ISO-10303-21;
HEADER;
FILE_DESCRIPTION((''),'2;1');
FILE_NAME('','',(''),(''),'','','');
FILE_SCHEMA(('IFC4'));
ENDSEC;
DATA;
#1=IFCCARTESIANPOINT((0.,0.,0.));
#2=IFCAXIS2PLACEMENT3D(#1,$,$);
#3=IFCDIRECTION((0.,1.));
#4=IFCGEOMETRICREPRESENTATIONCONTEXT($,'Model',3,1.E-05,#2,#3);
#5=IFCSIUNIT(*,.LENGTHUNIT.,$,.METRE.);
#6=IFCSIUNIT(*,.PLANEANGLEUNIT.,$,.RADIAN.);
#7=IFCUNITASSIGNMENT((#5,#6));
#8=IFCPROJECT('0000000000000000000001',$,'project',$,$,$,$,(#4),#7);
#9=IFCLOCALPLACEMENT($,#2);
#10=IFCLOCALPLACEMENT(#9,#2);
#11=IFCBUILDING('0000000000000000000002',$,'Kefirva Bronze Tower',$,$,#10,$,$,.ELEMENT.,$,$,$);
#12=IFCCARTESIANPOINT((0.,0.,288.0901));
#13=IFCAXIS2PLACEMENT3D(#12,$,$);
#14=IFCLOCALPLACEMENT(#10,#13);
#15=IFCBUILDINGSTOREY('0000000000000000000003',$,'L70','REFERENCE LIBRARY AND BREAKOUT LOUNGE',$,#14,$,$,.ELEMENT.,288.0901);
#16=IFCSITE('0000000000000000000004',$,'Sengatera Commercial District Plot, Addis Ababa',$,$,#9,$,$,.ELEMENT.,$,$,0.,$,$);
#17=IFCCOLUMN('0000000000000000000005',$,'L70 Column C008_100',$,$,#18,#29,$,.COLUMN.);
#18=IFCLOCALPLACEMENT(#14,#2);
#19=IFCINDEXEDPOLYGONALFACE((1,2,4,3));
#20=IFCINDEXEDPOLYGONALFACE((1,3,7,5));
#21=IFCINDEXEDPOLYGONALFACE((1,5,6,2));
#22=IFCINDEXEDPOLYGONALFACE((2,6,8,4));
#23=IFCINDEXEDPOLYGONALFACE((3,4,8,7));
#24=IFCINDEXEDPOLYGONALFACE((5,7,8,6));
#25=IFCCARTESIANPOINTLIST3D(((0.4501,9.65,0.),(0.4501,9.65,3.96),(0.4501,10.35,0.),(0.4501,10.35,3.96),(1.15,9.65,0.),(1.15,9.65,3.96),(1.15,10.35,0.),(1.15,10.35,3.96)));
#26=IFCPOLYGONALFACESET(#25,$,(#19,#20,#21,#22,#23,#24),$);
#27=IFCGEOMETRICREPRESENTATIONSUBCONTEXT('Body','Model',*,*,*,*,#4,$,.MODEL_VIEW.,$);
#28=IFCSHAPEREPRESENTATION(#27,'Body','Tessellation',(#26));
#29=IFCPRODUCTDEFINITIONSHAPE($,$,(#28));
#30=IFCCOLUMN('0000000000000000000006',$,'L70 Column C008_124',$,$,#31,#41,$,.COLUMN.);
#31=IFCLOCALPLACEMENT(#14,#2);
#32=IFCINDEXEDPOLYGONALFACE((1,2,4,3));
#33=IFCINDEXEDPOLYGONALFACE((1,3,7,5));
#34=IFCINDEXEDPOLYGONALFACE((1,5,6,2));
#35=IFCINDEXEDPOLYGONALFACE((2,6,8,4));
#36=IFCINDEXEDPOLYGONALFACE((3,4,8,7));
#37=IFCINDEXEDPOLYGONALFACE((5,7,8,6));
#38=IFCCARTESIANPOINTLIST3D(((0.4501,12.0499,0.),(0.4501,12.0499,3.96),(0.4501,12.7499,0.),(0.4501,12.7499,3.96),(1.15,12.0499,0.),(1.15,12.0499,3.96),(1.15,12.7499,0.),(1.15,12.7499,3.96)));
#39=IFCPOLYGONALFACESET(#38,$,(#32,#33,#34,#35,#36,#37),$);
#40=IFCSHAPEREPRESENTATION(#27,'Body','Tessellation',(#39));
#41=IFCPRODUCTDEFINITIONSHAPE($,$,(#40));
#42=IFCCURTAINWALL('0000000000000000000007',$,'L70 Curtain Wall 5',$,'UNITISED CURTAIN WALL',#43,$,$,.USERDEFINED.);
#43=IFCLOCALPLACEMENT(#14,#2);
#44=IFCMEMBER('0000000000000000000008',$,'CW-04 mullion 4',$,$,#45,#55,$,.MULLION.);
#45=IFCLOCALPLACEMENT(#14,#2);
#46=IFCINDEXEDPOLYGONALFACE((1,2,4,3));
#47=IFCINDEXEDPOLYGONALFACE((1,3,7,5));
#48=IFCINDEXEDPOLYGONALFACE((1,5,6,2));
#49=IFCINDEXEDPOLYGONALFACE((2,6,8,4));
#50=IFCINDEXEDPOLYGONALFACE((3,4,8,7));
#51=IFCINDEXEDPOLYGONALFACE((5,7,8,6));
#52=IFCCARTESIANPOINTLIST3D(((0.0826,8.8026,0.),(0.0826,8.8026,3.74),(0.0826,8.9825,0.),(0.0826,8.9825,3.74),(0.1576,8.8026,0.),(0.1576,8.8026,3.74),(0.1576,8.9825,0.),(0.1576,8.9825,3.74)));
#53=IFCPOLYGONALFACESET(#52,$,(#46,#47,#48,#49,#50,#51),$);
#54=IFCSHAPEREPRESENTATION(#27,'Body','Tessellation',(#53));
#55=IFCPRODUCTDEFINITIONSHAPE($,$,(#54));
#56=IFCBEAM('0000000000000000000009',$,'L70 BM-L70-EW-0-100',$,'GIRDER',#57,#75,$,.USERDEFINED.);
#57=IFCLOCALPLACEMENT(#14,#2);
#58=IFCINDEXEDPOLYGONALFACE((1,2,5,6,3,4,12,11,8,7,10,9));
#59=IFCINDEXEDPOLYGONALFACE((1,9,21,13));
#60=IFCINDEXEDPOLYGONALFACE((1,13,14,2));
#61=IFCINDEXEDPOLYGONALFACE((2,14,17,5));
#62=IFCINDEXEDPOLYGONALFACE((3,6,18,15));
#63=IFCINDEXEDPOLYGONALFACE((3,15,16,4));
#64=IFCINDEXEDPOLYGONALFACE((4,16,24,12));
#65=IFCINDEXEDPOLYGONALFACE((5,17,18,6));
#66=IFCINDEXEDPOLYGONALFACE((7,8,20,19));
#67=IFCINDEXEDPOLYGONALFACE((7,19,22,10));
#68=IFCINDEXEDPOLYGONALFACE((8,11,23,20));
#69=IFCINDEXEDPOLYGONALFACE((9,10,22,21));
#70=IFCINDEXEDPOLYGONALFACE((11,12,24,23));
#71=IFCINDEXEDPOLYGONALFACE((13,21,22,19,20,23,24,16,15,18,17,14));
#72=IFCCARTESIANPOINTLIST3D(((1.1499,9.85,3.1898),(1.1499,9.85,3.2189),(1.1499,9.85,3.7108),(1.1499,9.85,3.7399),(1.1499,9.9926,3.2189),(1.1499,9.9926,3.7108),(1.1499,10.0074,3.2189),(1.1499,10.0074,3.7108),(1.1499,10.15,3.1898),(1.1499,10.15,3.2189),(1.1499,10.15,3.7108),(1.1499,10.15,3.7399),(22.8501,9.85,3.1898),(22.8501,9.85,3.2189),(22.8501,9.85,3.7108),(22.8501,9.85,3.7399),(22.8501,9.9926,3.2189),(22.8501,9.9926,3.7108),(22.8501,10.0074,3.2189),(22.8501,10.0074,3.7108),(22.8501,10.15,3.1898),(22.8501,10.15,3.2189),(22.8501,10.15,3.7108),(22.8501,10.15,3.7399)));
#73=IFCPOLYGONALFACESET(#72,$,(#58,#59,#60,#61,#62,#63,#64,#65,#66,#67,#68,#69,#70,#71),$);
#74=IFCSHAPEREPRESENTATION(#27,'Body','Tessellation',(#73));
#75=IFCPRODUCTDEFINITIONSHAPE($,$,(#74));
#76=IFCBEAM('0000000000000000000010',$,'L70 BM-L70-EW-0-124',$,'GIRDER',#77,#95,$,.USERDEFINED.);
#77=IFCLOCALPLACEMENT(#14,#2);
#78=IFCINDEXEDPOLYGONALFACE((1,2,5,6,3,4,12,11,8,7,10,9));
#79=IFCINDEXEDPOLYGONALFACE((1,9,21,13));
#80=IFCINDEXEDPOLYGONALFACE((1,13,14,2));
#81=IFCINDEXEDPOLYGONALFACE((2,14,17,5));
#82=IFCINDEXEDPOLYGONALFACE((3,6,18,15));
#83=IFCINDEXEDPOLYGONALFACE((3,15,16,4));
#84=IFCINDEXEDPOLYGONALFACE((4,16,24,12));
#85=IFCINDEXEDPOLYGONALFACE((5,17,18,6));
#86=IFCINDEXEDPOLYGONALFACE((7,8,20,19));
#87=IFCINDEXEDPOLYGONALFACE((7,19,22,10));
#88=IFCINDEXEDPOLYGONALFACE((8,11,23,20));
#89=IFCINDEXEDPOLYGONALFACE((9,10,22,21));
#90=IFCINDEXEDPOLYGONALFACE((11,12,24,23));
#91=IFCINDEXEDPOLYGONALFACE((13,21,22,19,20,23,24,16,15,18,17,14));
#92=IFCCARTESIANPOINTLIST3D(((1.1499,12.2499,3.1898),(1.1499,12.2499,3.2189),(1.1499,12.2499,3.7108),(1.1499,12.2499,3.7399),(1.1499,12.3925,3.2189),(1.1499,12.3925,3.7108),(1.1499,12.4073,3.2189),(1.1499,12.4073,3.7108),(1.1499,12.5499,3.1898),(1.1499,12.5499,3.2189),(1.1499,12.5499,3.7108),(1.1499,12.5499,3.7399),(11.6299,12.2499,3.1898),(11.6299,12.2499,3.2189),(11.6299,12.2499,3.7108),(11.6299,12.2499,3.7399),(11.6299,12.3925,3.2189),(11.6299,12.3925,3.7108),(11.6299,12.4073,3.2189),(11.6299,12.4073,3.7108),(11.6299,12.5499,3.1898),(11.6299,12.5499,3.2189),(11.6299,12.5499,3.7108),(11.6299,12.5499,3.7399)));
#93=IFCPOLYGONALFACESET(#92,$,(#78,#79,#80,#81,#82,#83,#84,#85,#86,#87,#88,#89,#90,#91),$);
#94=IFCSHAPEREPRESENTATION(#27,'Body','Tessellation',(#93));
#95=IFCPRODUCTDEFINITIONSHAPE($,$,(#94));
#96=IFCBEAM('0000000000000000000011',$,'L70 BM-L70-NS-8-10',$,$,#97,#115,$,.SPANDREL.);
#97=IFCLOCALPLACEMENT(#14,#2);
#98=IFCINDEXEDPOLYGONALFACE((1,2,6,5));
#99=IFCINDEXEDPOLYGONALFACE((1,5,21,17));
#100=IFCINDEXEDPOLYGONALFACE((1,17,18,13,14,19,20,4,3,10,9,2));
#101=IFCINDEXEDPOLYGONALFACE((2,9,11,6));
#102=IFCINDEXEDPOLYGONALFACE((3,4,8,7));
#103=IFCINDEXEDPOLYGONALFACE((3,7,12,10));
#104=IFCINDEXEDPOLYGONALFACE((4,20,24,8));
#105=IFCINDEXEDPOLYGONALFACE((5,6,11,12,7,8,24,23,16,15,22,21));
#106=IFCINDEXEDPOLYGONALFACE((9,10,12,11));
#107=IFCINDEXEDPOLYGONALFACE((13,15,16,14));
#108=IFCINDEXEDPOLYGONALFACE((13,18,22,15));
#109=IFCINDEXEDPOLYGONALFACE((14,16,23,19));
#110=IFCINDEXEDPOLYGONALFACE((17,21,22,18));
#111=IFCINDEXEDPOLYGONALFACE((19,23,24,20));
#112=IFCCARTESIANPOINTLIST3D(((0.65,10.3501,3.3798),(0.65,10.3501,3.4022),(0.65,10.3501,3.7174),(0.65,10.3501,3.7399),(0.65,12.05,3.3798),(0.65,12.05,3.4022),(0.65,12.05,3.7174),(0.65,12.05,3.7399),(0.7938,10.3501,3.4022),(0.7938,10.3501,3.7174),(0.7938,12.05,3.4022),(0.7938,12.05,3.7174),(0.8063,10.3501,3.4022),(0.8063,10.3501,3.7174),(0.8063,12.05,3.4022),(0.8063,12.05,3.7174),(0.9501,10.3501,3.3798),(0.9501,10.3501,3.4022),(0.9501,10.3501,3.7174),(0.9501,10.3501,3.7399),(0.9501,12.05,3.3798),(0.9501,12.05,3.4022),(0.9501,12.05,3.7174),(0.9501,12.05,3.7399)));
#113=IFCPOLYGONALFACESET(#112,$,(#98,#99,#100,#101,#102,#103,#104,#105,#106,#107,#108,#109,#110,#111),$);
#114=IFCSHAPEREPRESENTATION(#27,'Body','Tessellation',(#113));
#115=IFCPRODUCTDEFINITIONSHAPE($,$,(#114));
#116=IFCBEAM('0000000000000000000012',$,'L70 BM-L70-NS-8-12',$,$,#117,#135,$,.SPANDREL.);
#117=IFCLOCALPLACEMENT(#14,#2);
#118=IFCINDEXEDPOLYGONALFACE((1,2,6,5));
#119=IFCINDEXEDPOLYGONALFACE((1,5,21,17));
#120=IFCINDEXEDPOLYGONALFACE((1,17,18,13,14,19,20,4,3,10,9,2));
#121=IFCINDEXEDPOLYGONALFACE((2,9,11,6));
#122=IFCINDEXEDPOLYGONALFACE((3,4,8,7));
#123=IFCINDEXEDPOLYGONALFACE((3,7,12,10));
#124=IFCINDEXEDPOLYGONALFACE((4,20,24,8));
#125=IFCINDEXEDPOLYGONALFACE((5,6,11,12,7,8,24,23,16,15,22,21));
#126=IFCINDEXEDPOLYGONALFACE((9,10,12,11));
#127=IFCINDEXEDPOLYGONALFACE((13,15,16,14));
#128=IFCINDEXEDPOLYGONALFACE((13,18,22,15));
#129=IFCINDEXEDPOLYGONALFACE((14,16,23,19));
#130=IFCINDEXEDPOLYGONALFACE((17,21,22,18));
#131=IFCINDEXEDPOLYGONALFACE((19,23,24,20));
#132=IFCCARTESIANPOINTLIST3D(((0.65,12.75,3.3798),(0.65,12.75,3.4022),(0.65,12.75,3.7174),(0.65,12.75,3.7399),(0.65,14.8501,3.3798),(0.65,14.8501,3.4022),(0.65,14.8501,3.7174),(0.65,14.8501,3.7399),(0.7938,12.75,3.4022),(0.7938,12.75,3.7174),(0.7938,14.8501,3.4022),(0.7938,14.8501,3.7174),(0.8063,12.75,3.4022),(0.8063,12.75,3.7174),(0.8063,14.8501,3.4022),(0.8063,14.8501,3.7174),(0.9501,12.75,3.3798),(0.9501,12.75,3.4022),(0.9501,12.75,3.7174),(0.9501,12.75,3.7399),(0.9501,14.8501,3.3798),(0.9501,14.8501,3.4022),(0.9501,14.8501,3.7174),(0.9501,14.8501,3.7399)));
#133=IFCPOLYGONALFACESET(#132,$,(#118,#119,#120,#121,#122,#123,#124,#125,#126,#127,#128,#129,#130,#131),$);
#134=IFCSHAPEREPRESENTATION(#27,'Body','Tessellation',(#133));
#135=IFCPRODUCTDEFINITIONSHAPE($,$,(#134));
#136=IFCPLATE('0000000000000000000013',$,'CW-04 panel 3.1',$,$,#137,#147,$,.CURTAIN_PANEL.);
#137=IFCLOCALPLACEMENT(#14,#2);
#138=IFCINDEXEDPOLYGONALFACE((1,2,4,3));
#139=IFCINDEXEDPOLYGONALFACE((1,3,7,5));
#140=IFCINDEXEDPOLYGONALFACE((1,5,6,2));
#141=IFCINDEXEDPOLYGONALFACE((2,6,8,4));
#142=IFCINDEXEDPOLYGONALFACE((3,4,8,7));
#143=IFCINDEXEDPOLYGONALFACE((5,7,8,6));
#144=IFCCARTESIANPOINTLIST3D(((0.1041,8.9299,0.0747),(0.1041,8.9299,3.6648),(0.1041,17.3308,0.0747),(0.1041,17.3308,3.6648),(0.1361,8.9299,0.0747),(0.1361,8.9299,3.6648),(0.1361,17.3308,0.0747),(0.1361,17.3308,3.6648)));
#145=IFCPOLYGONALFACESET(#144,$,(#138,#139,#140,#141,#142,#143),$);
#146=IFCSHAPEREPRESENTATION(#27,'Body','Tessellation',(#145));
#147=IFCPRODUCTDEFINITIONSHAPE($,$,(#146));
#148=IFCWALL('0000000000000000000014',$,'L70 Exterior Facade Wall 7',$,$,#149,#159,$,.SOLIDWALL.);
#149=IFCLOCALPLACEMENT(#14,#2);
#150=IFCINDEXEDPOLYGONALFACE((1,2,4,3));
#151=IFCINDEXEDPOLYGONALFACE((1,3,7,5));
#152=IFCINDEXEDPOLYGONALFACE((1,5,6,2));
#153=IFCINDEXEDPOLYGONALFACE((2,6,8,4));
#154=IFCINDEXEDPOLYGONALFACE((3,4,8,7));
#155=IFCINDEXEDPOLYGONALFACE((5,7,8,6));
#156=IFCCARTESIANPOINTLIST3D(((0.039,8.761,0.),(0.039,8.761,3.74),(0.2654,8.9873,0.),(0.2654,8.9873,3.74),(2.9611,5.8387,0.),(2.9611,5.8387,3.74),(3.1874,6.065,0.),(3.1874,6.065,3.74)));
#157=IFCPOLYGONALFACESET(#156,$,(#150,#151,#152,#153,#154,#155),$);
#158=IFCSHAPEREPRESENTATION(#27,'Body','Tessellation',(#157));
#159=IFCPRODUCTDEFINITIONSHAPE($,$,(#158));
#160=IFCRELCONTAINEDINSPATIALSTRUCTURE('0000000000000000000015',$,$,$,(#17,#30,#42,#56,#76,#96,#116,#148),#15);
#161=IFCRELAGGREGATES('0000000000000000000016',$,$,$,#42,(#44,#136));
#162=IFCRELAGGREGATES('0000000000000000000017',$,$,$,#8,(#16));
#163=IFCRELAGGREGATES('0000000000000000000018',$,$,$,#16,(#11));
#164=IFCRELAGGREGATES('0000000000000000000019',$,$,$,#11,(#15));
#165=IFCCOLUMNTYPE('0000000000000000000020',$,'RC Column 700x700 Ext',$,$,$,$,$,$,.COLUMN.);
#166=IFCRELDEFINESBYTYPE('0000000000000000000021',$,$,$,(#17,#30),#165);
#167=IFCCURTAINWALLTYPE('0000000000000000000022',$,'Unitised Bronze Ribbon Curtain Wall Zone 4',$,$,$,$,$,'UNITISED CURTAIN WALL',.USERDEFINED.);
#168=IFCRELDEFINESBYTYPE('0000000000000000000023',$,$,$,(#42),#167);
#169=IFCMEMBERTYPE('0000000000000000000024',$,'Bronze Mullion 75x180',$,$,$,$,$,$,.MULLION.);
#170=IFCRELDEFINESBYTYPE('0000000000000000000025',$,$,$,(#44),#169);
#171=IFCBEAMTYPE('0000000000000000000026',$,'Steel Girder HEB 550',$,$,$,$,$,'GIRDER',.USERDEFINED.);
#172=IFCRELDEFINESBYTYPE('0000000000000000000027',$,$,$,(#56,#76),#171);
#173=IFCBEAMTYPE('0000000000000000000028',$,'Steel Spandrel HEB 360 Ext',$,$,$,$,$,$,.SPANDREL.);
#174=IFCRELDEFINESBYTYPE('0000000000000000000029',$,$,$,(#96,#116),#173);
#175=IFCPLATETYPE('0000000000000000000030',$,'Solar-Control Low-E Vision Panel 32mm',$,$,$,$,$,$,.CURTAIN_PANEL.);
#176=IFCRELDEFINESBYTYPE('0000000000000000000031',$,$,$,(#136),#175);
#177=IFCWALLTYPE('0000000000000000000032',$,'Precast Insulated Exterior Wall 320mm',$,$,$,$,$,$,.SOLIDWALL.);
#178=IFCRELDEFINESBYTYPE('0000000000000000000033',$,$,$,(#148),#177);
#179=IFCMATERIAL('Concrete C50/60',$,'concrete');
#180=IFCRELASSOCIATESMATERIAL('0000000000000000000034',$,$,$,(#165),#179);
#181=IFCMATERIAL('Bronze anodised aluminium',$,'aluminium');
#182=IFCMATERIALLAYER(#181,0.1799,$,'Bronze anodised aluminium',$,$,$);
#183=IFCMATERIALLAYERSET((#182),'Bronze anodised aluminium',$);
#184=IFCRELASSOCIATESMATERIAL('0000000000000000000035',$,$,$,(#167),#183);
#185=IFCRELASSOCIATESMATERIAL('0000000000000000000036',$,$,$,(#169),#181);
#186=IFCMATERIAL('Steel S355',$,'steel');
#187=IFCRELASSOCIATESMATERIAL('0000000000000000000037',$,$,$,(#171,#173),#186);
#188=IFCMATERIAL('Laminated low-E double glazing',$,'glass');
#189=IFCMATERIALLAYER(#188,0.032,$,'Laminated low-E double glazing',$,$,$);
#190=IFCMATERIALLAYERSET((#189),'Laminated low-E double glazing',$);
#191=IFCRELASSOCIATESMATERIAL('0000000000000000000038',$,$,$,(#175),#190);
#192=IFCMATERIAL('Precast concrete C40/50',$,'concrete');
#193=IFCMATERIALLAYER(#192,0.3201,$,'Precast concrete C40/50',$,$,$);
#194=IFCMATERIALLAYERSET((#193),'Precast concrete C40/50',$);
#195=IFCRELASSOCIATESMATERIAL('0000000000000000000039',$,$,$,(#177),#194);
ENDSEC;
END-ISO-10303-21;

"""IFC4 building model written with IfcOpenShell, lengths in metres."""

from ifc_helpers import new_model, si_unit, direction, frame, frame_2d, origin, origin_2d, place, context, subcontext, project, spatial, rectangle, i_section, extrude, material, layer, layer_set, material_profile, profile_set, type_object, element, aggregate, save


model = new_model("IFC4")

# Units and contexts
model_context = context("Model", 3, precision=1e-05, world=origin(), true_north=direction((0.0, 1.0)))
body_context = subcontext(model_context, "Body", "Model", "MODEL_VIEW")
ifc_project = project(units=[si_unit("LENGTHUNIT", "METRE"), si_unit("PLANEANGLEUNIT", "RADIAN")], contexts=[model_context])

# Site, building, storey
site_placement = place(None, origin())
site = spatial("IfcSite", under=ifc_project, at=site_placement, Name="Sengatera Commercial District Plot, Addis Ababa", CompositionType="ELEMENT", RefElevation=0.0)
building_placement = place(site_placement, origin())
building = spatial("IfcBuilding", under=site, at=building_placement, Name="Kefirva Bronze Tower", CompositionType="ELEMENT")
storey_placement = place(building_placement, frame((0.0, 0.0, 288.0901)))
storey = spatial("IfcBuildingStorey", under=building, at=storey_placement, Name="L70", Description="REFERENCE LIBRARY AND BREAKOUT LOUNGE", CompositionType="ELEMENT", Elevation=288.0901)

# Columns
ifc_material_1 = material(Name="Concrete C50/60", Category="concrete")
ifc_material_profile_1 = material_profile(ifc_material_1, rectangle(XDim=0.7, YDim=0.7, at=origin_2d()), Name="RC 700x700")
ifc_profile_set_1 = profile_set([ifc_material_profile_1], Name="Concrete C50/60")
column_type = type_object("IfcColumnType", Name="RC Column 700x700 Ext", PredefinedType="COLUMN", material=ifc_profile_set_1)
for number, where, z_axis, x_axis, name in (
    (1, (0.8, 10.0, 0.0), (0.0, 0.0, 1.0), (1.0, 0.0, 0.0), "L70 Column C008_100"),
    (2, (0.8, 12.3999, 0.0), (0.0, 0.0, 1.0), (1.0, 0.0, 0.0), "L70 Column C008_124"),
):
    element("IfcColumn", number, at=place(storey_placement, frame(where, z_axis=z_axis, x_axis=x_axis)), inside=storey, type_object=column_type, Name=name, PredefinedType="COLUMN", context=body_context, shape_type="SweptSolid", body=[
        extrude(rectangle(XDim=0.7, YDim=0.7, at=origin_2d()), origin(), (0.0, 0.0, 1.0), 3.96),
    ])

# Curtain wall, member
ifc_material_2 = material(Name="Bronze anodised aluminium", Category="aluminium")
ifc_layer_1 = layer(ifc_material_2, 0.1799, Name="Bronze anodised aluminium")
ifc_layer_set_1 = layer_set([ifc_layer_1], Name="Bronze anodised aluminium")
curtain_wall_type = type_object("IfcCurtainWallType", Name="Unitised Bronze Ribbon Curtain Wall Zone 4", ElementType="UNITISED CURTAIN WALL", PredefinedType="USERDEFINED", material=ifc_layer_set_1)
curtain_wall_placement = place(storey_placement, origin())
curtain_wall = element("IfcCurtainWall", 3, at=curtain_wall_placement, inside=storey, type_object=curtain_wall_type, Name="L70 Curtain Wall 5", ObjectType="UNITISED CURTAIN WALL", PredefinedType="USERDEFINED")
ifc_material_profile_2 = material_profile(ifc_material_2, rectangle(XDim=0.075, YDim=0.1799, at=origin_2d()), Name="ALU 75x180")
ifc_profile_set_2 = profile_set([ifc_material_profile_2], Name="Bronze anodised aluminium")
member_type = type_object("IfcMemberType", Name="Bronze Mullion 75x180", PredefinedType="MULLION", material=ifc_profile_set_2)
member_placement = place(storey_placement, frame((0.1201, 8.8926, 0.0), z_axis=(0.0, 0.0, 1.0), x_axis=(1.0, 0.0, 0.0)))
member = element("IfcMember", 4, at=member_placement, type_object=member_type, Name="CW-04 mullion 4", PredefinedType="MULLION", context=body_context, shape_type="SweptSolid", body=[
    extrude(rectangle(XDim=0.075, YDim=0.1799, at=origin_2d()), origin(), (0.0, 0.0, 1.0), 3.74),
])

# Beams
ifc_material_3 = material(Name="Steel S355", Category="steel")
ifc_material_profile_3 = material_profile(ifc_material_3, i_section(OverallWidth=0.3, OverallDepth=0.55, WebThickness=0.0149, FlangeThickness=0.0291, at=origin_2d()), Name="HEB 550")
ifc_profile_set_3 = profile_set([ifc_material_profile_3], Name="Steel S355")
beam_type_1 = type_object("IfcBeamType", Name="Steel Girder HEB 550", ElementType="GIRDER", PredefinedType="USERDEFINED", material=ifc_profile_set_3)
beam_1_placement = place(storey_placement, frame((1.1499, 10.0, 3.4648), z_axis=(1.0, 0.0, 0.0), x_axis=(0.0, 1.0, 0.0)))
element("IfcBeam", 5, at=beam_1_placement, inside=storey, type_object=beam_type_1, Name="L70 BM-L70-EW-0-100", ObjectType="GIRDER", PredefinedType="USERDEFINED", context=body_context, shape_type="SweptSolid", body=[
    extrude(i_section(OverallWidth=0.3, OverallDepth=0.55, WebThickness=0.0149, FlangeThickness=0.0291, at=origin_2d()), origin(), (0.0, 0.0, 1.0), 21.7002),
])
beam_2_placement = place(storey_placement, frame((1.1499, 12.3999, 3.4648), z_axis=(1.0, 0.0, 0.0), x_axis=(0.0, 1.0, 0.0)))
element("IfcBeam", 6, at=beam_2_placement, inside=storey, type_object=beam_type_1, Name="L70 BM-L70-EW-0-124", ObjectType="GIRDER", PredefinedType="USERDEFINED", context=body_context, shape_type="SweptSolid", body=[
    extrude(i_section(OverallWidth=0.3, OverallDepth=0.55, WebThickness=0.0149, FlangeThickness=0.0291, at=origin_2d()), origin(), (0.0, 0.0, 1.0), 10.48),
])
ifc_material_profile_4 = material_profile(ifc_material_3, i_section(OverallWidth=0.3, OverallDepth=0.3601, WebThickness=0.0125, FlangeThickness=0.0225, at=origin_2d()), Name="HEB 360")
ifc_profile_set_4 = profile_set([ifc_material_profile_4], Name="Steel S355")
beam_type_2 = type_object("IfcBeamType", Name="Steel Spandrel HEB 360 Ext", PredefinedType="SPANDREL", material=ifc_profile_set_4)
beam_3_placement = place(storey_placement, frame((0.8, 10.3501, 3.5598), z_axis=(0.0, 1.0, 0.0), x_axis=(-1.0, 0.0, 0.0)))
element("IfcBeam", 7, at=beam_3_placement, inside=storey, type_object=beam_type_2, Name="L70 BM-L70-NS-8-10", PredefinedType="SPANDREL", context=body_context, shape_type="SweptSolid", body=[
    extrude(i_section(OverallWidth=0.3, OverallDepth=0.3601, WebThickness=0.0125, FlangeThickness=0.0225, at=origin_2d()), origin(), (0.0, 0.0, 1.0), 1.7),
])
beam_4_placement = place(storey_placement, frame((0.8, 12.75, 3.5598), z_axis=(0.0, 1.0, 0.0), x_axis=(-1.0, 0.0, 0.0)))
element("IfcBeam", 8, at=beam_4_placement, inside=storey, type_object=beam_type_2, Name="L70 BM-L70-NS-8-12", PredefinedType="SPANDREL", context=body_context, shape_type="SweptSolid", body=[
    extrude(i_section(OverallWidth=0.3, OverallDepth=0.3601, WebThickness=0.0125, FlangeThickness=0.0225, at=origin_2d()), origin(), (0.0, 0.0, 1.0), 2.1001),
])

# Plate
ifc_material_4 = material(Name="Laminated low-E double glazing", Category="glass")
ifc_layer_2 = layer(ifc_material_4, 0.032, Name="Laminated low-E double glazing")
ifc_layer_set_2 = layer_set([ifc_layer_2], Name="Laminated low-E double glazing")
plate_type = type_object("IfcPlateType", Name="Solar-Control Low-E Vision Panel 32mm", PredefinedType="CURTAIN_PANEL", material=ifc_layer_set_2)
plate_placement = place(storey_placement, frame((0.1201, 13.1304, 0.0747), z_axis=(0.0, 0.0, 1.0), x_axis=(0.0, -1.0, 0.0)))
plate = element("IfcPlate", 9, at=plate_placement, type_object=plate_type, Name="CW-04 panel 3.1", PredefinedType="CURTAIN_PANEL", context=body_context, shape_type="SweptSolid", body=[
    extrude(rectangle(XDim=8.4009, YDim=0.032, at=origin_2d()), origin(), (0.0, 0.0, 1.0), 3.5901),
])
aggregate(curtain_wall, [member, plate])

# Wall
ifc_material_5 = material(Name="Precast concrete C40/50", Category="concrete")
ifc_layer_3 = layer(ifc_material_5, 0.3201, Name="Precast concrete C40/50")
ifc_layer_set_3 = layer_set([ifc_layer_3], Name="Precast concrete C40/50")
wall_type_1 = type_object("IfcWallType", Name="Precast Insulated Exterior Wall 320mm", PredefinedType="SOLIDWALL", material=ifc_layer_set_3)
wall_1_placement = place(storey_placement, frame((0.1521, 8.8743, 0.0), z_axis=(0.0, 0.0, 1.0), x_axis=(0.707077, -0.707136, 0.0)))
element("IfcWall", 10, at=wall_1_placement, inside=storey, type_object=wall_type_1, Name="L70 Exterior Facade Wall 7", PredefinedType="SOLIDWALL", context=body_context, shape_type="SweptSolid", body=[
    extrude(rectangle(XDim=4.1326, YDim=0.3201, at=frame_2d((2.0664, 0.0))), origin(), (0.0, 0.0, 1.0), 3.74),
])

save(model, "model.ifc")
